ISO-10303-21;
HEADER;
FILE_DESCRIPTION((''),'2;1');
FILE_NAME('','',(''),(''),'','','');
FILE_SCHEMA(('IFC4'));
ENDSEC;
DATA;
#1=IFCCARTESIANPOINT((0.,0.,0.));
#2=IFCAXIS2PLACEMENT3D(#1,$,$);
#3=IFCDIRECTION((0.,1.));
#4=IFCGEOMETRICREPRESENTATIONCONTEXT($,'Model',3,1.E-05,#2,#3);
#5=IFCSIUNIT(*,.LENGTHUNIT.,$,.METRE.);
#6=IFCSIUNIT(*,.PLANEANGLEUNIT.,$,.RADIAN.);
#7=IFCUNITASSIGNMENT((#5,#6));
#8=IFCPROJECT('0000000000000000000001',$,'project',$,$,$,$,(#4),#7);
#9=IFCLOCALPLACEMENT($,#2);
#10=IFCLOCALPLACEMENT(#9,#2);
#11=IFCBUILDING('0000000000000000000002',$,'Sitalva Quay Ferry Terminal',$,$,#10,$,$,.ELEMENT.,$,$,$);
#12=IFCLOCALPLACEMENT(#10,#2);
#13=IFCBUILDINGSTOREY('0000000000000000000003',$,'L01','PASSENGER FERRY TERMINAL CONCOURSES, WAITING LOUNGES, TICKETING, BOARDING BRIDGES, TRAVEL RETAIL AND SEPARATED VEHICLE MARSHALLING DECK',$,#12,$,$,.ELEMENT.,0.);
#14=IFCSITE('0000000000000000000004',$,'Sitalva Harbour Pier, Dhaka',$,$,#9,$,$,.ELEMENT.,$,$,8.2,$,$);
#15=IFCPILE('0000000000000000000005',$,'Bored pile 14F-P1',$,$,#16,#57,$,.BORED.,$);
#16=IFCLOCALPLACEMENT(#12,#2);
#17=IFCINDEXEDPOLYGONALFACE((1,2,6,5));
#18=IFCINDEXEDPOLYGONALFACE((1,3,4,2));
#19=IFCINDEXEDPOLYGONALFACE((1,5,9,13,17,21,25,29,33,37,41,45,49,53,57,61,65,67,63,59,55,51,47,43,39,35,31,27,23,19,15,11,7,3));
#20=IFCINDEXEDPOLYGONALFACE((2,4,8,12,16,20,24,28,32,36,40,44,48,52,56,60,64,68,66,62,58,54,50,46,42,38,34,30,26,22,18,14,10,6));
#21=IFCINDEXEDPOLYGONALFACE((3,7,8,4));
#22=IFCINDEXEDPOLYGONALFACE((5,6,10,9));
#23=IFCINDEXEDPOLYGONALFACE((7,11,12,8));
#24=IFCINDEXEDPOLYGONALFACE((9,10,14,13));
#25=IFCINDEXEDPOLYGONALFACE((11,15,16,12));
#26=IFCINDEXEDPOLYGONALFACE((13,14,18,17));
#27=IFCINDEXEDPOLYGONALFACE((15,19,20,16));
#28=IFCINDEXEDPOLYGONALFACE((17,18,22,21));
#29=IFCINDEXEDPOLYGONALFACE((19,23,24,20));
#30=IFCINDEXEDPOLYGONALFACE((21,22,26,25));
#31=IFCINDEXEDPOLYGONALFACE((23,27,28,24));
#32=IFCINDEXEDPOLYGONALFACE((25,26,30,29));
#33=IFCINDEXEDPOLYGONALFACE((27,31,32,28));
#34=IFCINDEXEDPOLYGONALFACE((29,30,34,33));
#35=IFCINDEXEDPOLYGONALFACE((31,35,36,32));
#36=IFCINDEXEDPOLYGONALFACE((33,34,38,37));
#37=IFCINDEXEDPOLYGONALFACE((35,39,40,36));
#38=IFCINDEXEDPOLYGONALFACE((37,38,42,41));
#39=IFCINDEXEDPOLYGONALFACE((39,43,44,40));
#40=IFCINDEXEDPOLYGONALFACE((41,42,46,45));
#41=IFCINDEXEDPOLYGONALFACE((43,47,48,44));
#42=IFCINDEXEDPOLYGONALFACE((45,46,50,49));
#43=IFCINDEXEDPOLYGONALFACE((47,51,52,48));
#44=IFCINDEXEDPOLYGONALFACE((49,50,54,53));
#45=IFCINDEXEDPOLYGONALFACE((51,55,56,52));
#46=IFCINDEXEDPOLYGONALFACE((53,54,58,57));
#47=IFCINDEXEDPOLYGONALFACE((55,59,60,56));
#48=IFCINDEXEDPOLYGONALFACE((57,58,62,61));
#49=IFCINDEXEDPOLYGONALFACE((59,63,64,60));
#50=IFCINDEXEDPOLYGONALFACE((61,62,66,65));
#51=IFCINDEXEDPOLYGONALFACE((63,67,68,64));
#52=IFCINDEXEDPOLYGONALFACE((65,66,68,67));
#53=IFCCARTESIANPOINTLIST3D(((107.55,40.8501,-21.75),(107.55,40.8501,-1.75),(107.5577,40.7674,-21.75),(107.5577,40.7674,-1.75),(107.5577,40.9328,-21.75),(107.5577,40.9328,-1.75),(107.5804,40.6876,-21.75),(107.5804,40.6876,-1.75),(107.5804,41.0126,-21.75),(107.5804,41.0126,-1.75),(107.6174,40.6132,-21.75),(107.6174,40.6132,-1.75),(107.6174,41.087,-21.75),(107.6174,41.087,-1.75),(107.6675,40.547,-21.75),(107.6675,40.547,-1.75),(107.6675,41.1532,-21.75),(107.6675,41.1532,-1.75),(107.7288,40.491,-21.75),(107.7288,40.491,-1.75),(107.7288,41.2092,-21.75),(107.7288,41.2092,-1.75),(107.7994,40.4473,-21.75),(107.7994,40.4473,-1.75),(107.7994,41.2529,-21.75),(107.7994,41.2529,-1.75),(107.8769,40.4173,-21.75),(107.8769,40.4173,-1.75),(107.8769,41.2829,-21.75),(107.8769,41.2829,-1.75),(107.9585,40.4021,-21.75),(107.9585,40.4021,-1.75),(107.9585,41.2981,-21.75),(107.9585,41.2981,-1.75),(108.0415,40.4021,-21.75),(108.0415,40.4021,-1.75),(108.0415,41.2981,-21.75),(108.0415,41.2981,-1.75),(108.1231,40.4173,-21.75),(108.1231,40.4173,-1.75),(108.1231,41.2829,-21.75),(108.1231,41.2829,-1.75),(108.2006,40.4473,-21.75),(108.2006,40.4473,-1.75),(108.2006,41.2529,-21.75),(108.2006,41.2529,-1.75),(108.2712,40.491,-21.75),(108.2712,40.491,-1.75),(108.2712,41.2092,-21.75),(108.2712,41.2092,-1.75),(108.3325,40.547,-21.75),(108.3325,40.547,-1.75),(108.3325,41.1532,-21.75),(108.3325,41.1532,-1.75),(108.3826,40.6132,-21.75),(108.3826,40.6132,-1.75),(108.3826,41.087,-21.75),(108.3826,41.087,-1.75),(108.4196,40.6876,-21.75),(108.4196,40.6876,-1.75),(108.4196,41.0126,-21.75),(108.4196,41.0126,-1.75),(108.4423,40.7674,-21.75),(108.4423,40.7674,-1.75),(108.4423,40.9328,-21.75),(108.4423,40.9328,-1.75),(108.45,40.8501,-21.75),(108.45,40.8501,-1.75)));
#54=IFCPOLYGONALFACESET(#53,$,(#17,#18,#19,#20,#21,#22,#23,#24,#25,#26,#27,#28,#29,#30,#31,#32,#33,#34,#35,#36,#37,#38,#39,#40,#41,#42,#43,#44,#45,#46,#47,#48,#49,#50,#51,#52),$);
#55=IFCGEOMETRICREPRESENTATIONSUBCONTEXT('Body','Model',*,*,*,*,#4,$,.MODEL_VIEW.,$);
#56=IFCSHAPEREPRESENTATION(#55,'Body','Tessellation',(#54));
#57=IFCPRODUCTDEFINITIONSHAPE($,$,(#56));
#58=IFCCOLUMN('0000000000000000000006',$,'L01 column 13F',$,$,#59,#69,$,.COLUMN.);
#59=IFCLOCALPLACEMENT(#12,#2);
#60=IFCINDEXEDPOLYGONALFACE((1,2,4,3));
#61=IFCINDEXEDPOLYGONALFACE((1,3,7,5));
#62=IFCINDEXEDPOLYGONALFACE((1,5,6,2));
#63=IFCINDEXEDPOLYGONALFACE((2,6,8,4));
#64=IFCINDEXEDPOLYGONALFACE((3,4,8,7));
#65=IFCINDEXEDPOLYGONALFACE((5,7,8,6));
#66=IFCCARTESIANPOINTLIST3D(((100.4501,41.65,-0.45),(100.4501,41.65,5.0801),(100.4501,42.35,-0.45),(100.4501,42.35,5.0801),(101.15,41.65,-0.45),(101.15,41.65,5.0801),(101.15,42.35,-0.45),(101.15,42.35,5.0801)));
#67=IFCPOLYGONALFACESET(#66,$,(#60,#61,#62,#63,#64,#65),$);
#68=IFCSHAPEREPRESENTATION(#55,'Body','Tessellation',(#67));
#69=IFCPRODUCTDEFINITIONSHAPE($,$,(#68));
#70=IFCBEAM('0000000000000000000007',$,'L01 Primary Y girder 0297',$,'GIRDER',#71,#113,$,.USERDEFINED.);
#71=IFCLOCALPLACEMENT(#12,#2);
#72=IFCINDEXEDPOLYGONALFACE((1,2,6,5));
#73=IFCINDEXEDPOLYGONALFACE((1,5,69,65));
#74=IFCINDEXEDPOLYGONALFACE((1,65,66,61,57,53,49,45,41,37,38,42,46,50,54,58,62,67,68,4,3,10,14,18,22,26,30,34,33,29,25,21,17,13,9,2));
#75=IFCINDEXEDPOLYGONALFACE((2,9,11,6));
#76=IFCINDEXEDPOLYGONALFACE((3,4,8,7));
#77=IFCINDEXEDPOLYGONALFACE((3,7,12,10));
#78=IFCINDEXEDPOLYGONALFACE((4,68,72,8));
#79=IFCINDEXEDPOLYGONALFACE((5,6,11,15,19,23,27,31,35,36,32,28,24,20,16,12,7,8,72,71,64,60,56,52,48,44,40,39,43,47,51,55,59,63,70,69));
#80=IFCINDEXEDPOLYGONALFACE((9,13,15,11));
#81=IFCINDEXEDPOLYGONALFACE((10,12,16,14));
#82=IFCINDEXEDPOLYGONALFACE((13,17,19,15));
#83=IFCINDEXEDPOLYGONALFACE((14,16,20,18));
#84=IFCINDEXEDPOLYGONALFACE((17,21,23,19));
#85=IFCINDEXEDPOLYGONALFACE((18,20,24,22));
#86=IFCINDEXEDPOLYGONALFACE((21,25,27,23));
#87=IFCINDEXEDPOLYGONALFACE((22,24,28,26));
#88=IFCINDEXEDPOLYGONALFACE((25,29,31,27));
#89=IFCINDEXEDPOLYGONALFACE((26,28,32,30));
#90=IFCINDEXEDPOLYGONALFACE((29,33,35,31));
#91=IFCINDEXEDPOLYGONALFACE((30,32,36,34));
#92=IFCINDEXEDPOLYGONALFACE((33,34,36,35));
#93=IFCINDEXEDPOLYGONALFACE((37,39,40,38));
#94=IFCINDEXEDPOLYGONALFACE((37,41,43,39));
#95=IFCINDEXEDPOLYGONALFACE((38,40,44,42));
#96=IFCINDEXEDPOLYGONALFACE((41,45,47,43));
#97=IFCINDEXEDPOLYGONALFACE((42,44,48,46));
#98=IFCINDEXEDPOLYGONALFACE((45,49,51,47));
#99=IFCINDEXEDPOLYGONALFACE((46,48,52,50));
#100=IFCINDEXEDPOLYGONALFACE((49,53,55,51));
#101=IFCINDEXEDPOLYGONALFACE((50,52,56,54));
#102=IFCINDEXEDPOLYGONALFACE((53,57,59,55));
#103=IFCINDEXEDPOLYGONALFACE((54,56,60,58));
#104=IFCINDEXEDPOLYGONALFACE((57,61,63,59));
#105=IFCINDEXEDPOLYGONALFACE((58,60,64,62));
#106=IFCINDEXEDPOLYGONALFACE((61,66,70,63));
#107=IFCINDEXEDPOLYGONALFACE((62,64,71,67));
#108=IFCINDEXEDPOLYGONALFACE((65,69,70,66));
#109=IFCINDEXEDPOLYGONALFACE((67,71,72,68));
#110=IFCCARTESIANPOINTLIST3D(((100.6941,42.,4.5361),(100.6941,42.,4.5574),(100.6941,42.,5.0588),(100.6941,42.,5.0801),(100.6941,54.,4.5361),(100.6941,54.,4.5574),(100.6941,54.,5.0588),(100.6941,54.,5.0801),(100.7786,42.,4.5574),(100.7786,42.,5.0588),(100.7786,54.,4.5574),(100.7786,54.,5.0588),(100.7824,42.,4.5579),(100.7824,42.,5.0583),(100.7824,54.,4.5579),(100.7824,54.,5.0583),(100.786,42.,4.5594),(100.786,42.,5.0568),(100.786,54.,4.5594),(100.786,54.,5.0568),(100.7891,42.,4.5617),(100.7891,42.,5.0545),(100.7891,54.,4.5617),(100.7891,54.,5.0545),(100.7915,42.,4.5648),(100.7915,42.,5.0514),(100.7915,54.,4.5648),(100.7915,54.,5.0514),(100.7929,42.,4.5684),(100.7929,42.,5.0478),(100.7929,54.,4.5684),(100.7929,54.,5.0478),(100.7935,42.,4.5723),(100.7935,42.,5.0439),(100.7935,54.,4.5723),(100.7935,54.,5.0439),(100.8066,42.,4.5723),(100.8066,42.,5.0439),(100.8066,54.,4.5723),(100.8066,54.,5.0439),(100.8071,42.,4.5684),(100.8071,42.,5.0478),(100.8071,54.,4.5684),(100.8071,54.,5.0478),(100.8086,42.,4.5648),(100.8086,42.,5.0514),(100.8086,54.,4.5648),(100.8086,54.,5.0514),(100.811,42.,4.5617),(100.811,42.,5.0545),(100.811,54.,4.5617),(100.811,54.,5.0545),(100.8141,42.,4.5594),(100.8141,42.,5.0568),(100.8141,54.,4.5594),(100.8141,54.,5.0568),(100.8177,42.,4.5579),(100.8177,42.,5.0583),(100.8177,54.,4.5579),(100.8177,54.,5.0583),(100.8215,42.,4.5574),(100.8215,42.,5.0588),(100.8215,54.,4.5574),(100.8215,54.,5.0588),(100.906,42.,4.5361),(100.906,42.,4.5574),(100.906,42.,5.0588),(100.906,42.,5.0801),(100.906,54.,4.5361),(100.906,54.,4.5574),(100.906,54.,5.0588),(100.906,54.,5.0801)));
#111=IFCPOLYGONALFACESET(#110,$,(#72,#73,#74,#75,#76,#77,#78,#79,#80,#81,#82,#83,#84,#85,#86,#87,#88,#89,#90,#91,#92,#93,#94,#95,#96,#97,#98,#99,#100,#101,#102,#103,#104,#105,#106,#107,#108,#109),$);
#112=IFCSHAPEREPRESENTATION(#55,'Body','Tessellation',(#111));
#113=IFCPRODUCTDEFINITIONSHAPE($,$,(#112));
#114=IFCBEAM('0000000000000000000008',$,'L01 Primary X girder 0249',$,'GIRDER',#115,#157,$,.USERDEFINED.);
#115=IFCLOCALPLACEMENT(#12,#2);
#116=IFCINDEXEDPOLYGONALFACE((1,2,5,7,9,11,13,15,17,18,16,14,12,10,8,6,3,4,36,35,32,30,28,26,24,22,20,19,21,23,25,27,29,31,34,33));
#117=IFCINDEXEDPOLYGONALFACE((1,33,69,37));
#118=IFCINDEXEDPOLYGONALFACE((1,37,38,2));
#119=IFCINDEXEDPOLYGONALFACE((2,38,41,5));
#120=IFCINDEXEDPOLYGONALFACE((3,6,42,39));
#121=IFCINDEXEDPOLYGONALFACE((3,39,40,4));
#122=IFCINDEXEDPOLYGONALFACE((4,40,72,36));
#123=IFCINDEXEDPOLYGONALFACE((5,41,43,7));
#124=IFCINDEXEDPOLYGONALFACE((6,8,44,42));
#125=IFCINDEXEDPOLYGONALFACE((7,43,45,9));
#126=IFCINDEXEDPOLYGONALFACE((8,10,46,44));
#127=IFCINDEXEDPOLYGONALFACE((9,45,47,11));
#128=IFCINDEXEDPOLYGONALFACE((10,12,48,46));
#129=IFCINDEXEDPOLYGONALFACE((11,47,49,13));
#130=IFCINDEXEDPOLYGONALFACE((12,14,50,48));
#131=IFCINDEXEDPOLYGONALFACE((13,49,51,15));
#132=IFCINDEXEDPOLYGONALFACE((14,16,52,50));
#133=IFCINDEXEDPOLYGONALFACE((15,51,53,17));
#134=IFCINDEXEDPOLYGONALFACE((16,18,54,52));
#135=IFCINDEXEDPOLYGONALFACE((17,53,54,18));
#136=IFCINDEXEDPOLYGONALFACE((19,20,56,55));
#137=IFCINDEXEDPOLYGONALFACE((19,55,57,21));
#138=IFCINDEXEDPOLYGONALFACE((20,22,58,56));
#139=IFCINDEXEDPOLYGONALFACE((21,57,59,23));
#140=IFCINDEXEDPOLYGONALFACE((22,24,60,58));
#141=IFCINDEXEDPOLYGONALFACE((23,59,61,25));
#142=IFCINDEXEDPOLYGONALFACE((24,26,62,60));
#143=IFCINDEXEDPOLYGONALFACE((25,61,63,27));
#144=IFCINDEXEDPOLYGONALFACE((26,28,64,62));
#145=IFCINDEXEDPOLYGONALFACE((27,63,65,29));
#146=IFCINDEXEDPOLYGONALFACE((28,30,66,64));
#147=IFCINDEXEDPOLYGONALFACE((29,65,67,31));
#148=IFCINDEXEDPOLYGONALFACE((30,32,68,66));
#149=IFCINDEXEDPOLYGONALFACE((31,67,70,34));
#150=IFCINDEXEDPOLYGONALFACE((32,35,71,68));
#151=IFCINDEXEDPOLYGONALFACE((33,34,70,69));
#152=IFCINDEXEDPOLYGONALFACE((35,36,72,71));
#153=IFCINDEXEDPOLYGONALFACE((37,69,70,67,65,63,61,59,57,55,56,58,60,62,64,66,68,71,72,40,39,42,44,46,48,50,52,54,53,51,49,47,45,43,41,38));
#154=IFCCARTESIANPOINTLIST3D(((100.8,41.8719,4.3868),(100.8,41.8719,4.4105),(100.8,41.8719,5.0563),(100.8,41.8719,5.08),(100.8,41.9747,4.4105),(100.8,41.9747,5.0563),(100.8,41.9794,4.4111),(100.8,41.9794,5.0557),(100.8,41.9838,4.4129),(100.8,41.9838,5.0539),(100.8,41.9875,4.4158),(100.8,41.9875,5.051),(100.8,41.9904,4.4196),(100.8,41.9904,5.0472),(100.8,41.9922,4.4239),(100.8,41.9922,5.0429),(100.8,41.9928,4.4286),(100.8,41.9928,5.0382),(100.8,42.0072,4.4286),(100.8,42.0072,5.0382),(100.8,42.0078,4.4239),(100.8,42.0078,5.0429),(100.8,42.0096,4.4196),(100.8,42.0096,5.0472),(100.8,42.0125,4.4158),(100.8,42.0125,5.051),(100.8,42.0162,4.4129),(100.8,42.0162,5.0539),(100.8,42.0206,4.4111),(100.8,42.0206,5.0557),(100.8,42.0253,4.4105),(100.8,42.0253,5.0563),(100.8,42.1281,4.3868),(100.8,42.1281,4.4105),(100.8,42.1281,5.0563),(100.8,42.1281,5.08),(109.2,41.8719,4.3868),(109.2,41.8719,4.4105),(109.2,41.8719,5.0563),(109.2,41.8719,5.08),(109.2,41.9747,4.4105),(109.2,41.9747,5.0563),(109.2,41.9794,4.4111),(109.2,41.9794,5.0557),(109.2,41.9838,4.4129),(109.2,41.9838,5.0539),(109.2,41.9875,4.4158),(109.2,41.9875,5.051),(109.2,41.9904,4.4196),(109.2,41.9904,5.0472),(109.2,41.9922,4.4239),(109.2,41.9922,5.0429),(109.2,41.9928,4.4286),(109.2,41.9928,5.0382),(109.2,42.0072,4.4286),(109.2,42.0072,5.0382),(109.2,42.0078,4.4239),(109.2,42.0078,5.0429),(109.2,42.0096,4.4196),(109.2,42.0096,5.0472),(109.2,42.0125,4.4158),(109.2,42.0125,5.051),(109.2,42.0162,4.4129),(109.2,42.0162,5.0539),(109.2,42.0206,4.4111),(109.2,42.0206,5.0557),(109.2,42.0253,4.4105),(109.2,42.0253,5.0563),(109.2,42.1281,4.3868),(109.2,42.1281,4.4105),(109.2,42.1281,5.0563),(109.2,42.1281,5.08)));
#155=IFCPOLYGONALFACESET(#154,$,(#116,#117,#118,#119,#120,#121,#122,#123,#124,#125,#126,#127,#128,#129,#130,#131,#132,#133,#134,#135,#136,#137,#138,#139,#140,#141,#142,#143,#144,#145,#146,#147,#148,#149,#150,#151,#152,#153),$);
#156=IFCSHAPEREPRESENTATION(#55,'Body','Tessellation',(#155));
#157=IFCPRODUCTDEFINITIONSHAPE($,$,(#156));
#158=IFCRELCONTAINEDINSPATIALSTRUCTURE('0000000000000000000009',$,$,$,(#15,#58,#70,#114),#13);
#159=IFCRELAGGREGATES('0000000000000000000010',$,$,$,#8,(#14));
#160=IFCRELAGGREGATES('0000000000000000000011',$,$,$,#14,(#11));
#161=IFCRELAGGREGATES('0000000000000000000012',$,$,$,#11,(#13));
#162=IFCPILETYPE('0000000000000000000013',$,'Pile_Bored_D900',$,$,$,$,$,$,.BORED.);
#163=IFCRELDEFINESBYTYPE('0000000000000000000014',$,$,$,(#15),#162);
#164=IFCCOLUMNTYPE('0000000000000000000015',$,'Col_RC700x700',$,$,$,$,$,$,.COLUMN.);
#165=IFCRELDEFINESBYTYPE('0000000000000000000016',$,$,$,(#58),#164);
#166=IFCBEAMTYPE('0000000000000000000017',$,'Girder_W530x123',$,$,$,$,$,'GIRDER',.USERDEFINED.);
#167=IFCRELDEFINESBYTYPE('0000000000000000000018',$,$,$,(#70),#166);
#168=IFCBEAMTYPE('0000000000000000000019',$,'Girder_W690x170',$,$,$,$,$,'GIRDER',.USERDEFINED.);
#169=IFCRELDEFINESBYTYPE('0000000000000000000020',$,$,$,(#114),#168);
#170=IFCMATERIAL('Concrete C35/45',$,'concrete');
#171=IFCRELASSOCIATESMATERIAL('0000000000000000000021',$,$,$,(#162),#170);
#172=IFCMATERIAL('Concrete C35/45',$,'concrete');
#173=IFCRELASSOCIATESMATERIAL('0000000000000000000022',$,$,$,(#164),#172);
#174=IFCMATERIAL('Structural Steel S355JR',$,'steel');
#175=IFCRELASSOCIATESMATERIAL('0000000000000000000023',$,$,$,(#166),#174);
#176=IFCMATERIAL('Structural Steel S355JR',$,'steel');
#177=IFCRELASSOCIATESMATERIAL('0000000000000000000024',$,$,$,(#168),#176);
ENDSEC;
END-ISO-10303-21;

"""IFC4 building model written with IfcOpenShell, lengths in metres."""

from ifc_helpers import new_model, si_unit, direction, frame, origin, origin_2d, place, context, subcontext, project, spatial, rectangle, circle, i_section, extrude, material, material_profile, profile_set, type_object, element, save


model = new_model("IFC4")

# Units and contexts
model_context = context("Model", 3, precision=1e-05, world=origin(), true_north=direction((0.0, 1.0)))
body_context = subcontext(model_context, "Body", "Model", "MODEL_VIEW")
ifc_project = project(units=[si_unit("LENGTHUNIT", "METRE"), si_unit("PLANEANGLEUNIT", "RADIAN")], contexts=[model_context])

# Site, building, storey
site_placement = place(None, origin())
site = spatial("IfcSite", under=ifc_project, at=site_placement, Name="Sitalva Harbour Pier, Dhaka", CompositionType="ELEMENT", RefElevation=8.2)
building_placement = place(site_placement, origin())
building = spatial("IfcBuilding", under=site, at=building_placement, Name="Sitalva Quay Ferry Terminal", CompositionType="ELEMENT")
storey_placement = place(building_placement, origin())
storey = spatial("IfcBuildingStorey", under=building, at=storey_placement, Name="L01", Description="PASSENGER FERRY TERMINAL CONCOURSES, WAITING LOUNGES, TICKETING, BOARDING BRIDGES, TRAVEL RETAIL AND SEPARATED VEHICLE MARSHALLING DECK", CompositionType="ELEMENT", Elevation=0.0)

# Pile
ifc_material_1 = material(Name="Concrete C35/45", Category="concrete")
ifc_material_profile_1 = material_profile(ifc_material_1, circle(Radius=0.45, at=origin_2d()), Name="PILE-D900")
ifc_profile_set_1 = profile_set([ifc_material_profile_1], Name="Concrete C35/45")
pile_type = type_object("IfcPileType", Name="Pile_Bored_D900", PredefinedType="BORED", material=ifc_profile_set_1)
for number, where, z_axis, x_axis, name in (
    (1, (108.0, 40.8501, -1.75), (0.0, 0.0, -1.0), (1.0, 0.0, 0.0), "Bored pile 14F-P1"),
):
    element("IfcPile", number, at=place(storey_placement, frame(where, z_axis=z_axis, x_axis=x_axis)), inside=storey, type_object=pile_type, Name=name, PredefinedType="BORED", context=body_context, shape_type="SweptSolid", body=[
        extrude(circle(Radius=0.45, at=origin_2d()), origin(), (0.0, 0.0, 1.0), 20.0),
    ])

# Column
ifc_material_2 = material(Name="Concrete C35/45", Category="concrete")
ifc_material_profile_2 = material_profile(ifc_material_2, rectangle(XDim=0.7, YDim=0.7, at=origin_2d()), Name="RC700x700")
ifc_profile_set_2 = profile_set([ifc_material_profile_2], Name="Concrete C35/45")
column_type = type_object("IfcColumnType", Name="Col_RC700x700", PredefinedType="COLUMN", material=ifc_profile_set_2)
column_placement = place(storey_placement, frame((100.8, 42.0, -0.45), z_axis=(0.0, 0.0, 1.0), x_axis=(1.0, 0.0, 0.0)))
element("IfcColumn", 2, at=column_placement, inside=storey, type_object=column_type, Name="L01 column 13F", PredefinedType="COLUMN", context=body_context, shape_type="SweptSolid", body=[
    extrude(rectangle(XDim=0.7, YDim=0.7, at=origin_2d()), origin(), (0.0, 0.0, 1.0), 5.53),
])

# Beams
ifc_material_3 = material(Name="Structural Steel S355JR", Category="steel")
ifc_material_profile_3 = material_profile(ifc_material_3, i_section(OverallWidth=0.2119, OverallDepth=0.5439, WebThickness=0.0132, FlangeThickness=0.0212, FilletRadius=0.0149, at=origin_2d()), Name="W530x123")
ifc_profile_set_3 = profile_set([ifc_material_profile_3], Name="Structural Steel S355JR")
beam_type_1 = type_object("IfcBeamType", Name="Girder_W530x123", ElementType="GIRDER", PredefinedType="USERDEFINED", material=ifc_profile_set_3)
beam_1_placement = place(storey_placement, frame((100.8, 42.0, 4.8081), z_axis=(0.0, 1.0, 0.0), x_axis=(-1.0, 0.0, 0.0)))
element("IfcBeam", 3, at=beam_1_placement, inside=storey, type_object=beam_type_1, Name="L01 Primary Y girder 0297", ObjectType="GIRDER", PredefinedType="USERDEFINED", context=body_context, shape_type="SweptSolid", body=[
    extrude(i_section(OverallWidth=0.2119, OverallDepth=0.5439, WebThickness=0.0132, FlangeThickness=0.0212, FilletRadius=0.0149, at=origin_2d()), origin(), (0.0, 0.0, 1.0), 12.0),
])
ifc_material_4 = material(Name="Structural Steel S355JR", Category="steel")
ifc_material_profile_4 = material_profile(ifc_material_4, i_section(OverallWidth=0.2561, OverallDepth=0.6931, WebThickness=0.0144, FlangeThickness=0.0237, FilletRadius=0.0181, at=origin_2d()), Name="W690x170")
ifc_profile_set_4 = profile_set([ifc_material_profile_4], Name="Structural Steel S355JR")
beam_type_2 = type_object("IfcBeamType", Name="Girder_W690x170", ElementType="GIRDER", PredefinedType="USERDEFINED", material=ifc_profile_set_4)
beam_2_placement = place(storey_placement, frame((100.8, 42.0, 4.7334), z_axis=(1.0, 0.0, 0.0), x_axis=(0.0, 1.0, 0.0)))
element("IfcBeam", 4, at=beam_2_placement, inside=storey, type_object=beam_type_2, Name="L01 Primary X girder 0249", ObjectType="GIRDER", PredefinedType="USERDEFINED", context=body_context, shape_type="SweptSolid", body=[
    extrude(i_section(OverallWidth=0.2561, OverallDepth=0.6931, WebThickness=0.0144, FlangeThickness=0.0237, FilletRadius=0.0181, at=origin_2d()), origin(), (0.0, 0.0, 1.0), 8.3999),
])

save(model, "model.ifc")
